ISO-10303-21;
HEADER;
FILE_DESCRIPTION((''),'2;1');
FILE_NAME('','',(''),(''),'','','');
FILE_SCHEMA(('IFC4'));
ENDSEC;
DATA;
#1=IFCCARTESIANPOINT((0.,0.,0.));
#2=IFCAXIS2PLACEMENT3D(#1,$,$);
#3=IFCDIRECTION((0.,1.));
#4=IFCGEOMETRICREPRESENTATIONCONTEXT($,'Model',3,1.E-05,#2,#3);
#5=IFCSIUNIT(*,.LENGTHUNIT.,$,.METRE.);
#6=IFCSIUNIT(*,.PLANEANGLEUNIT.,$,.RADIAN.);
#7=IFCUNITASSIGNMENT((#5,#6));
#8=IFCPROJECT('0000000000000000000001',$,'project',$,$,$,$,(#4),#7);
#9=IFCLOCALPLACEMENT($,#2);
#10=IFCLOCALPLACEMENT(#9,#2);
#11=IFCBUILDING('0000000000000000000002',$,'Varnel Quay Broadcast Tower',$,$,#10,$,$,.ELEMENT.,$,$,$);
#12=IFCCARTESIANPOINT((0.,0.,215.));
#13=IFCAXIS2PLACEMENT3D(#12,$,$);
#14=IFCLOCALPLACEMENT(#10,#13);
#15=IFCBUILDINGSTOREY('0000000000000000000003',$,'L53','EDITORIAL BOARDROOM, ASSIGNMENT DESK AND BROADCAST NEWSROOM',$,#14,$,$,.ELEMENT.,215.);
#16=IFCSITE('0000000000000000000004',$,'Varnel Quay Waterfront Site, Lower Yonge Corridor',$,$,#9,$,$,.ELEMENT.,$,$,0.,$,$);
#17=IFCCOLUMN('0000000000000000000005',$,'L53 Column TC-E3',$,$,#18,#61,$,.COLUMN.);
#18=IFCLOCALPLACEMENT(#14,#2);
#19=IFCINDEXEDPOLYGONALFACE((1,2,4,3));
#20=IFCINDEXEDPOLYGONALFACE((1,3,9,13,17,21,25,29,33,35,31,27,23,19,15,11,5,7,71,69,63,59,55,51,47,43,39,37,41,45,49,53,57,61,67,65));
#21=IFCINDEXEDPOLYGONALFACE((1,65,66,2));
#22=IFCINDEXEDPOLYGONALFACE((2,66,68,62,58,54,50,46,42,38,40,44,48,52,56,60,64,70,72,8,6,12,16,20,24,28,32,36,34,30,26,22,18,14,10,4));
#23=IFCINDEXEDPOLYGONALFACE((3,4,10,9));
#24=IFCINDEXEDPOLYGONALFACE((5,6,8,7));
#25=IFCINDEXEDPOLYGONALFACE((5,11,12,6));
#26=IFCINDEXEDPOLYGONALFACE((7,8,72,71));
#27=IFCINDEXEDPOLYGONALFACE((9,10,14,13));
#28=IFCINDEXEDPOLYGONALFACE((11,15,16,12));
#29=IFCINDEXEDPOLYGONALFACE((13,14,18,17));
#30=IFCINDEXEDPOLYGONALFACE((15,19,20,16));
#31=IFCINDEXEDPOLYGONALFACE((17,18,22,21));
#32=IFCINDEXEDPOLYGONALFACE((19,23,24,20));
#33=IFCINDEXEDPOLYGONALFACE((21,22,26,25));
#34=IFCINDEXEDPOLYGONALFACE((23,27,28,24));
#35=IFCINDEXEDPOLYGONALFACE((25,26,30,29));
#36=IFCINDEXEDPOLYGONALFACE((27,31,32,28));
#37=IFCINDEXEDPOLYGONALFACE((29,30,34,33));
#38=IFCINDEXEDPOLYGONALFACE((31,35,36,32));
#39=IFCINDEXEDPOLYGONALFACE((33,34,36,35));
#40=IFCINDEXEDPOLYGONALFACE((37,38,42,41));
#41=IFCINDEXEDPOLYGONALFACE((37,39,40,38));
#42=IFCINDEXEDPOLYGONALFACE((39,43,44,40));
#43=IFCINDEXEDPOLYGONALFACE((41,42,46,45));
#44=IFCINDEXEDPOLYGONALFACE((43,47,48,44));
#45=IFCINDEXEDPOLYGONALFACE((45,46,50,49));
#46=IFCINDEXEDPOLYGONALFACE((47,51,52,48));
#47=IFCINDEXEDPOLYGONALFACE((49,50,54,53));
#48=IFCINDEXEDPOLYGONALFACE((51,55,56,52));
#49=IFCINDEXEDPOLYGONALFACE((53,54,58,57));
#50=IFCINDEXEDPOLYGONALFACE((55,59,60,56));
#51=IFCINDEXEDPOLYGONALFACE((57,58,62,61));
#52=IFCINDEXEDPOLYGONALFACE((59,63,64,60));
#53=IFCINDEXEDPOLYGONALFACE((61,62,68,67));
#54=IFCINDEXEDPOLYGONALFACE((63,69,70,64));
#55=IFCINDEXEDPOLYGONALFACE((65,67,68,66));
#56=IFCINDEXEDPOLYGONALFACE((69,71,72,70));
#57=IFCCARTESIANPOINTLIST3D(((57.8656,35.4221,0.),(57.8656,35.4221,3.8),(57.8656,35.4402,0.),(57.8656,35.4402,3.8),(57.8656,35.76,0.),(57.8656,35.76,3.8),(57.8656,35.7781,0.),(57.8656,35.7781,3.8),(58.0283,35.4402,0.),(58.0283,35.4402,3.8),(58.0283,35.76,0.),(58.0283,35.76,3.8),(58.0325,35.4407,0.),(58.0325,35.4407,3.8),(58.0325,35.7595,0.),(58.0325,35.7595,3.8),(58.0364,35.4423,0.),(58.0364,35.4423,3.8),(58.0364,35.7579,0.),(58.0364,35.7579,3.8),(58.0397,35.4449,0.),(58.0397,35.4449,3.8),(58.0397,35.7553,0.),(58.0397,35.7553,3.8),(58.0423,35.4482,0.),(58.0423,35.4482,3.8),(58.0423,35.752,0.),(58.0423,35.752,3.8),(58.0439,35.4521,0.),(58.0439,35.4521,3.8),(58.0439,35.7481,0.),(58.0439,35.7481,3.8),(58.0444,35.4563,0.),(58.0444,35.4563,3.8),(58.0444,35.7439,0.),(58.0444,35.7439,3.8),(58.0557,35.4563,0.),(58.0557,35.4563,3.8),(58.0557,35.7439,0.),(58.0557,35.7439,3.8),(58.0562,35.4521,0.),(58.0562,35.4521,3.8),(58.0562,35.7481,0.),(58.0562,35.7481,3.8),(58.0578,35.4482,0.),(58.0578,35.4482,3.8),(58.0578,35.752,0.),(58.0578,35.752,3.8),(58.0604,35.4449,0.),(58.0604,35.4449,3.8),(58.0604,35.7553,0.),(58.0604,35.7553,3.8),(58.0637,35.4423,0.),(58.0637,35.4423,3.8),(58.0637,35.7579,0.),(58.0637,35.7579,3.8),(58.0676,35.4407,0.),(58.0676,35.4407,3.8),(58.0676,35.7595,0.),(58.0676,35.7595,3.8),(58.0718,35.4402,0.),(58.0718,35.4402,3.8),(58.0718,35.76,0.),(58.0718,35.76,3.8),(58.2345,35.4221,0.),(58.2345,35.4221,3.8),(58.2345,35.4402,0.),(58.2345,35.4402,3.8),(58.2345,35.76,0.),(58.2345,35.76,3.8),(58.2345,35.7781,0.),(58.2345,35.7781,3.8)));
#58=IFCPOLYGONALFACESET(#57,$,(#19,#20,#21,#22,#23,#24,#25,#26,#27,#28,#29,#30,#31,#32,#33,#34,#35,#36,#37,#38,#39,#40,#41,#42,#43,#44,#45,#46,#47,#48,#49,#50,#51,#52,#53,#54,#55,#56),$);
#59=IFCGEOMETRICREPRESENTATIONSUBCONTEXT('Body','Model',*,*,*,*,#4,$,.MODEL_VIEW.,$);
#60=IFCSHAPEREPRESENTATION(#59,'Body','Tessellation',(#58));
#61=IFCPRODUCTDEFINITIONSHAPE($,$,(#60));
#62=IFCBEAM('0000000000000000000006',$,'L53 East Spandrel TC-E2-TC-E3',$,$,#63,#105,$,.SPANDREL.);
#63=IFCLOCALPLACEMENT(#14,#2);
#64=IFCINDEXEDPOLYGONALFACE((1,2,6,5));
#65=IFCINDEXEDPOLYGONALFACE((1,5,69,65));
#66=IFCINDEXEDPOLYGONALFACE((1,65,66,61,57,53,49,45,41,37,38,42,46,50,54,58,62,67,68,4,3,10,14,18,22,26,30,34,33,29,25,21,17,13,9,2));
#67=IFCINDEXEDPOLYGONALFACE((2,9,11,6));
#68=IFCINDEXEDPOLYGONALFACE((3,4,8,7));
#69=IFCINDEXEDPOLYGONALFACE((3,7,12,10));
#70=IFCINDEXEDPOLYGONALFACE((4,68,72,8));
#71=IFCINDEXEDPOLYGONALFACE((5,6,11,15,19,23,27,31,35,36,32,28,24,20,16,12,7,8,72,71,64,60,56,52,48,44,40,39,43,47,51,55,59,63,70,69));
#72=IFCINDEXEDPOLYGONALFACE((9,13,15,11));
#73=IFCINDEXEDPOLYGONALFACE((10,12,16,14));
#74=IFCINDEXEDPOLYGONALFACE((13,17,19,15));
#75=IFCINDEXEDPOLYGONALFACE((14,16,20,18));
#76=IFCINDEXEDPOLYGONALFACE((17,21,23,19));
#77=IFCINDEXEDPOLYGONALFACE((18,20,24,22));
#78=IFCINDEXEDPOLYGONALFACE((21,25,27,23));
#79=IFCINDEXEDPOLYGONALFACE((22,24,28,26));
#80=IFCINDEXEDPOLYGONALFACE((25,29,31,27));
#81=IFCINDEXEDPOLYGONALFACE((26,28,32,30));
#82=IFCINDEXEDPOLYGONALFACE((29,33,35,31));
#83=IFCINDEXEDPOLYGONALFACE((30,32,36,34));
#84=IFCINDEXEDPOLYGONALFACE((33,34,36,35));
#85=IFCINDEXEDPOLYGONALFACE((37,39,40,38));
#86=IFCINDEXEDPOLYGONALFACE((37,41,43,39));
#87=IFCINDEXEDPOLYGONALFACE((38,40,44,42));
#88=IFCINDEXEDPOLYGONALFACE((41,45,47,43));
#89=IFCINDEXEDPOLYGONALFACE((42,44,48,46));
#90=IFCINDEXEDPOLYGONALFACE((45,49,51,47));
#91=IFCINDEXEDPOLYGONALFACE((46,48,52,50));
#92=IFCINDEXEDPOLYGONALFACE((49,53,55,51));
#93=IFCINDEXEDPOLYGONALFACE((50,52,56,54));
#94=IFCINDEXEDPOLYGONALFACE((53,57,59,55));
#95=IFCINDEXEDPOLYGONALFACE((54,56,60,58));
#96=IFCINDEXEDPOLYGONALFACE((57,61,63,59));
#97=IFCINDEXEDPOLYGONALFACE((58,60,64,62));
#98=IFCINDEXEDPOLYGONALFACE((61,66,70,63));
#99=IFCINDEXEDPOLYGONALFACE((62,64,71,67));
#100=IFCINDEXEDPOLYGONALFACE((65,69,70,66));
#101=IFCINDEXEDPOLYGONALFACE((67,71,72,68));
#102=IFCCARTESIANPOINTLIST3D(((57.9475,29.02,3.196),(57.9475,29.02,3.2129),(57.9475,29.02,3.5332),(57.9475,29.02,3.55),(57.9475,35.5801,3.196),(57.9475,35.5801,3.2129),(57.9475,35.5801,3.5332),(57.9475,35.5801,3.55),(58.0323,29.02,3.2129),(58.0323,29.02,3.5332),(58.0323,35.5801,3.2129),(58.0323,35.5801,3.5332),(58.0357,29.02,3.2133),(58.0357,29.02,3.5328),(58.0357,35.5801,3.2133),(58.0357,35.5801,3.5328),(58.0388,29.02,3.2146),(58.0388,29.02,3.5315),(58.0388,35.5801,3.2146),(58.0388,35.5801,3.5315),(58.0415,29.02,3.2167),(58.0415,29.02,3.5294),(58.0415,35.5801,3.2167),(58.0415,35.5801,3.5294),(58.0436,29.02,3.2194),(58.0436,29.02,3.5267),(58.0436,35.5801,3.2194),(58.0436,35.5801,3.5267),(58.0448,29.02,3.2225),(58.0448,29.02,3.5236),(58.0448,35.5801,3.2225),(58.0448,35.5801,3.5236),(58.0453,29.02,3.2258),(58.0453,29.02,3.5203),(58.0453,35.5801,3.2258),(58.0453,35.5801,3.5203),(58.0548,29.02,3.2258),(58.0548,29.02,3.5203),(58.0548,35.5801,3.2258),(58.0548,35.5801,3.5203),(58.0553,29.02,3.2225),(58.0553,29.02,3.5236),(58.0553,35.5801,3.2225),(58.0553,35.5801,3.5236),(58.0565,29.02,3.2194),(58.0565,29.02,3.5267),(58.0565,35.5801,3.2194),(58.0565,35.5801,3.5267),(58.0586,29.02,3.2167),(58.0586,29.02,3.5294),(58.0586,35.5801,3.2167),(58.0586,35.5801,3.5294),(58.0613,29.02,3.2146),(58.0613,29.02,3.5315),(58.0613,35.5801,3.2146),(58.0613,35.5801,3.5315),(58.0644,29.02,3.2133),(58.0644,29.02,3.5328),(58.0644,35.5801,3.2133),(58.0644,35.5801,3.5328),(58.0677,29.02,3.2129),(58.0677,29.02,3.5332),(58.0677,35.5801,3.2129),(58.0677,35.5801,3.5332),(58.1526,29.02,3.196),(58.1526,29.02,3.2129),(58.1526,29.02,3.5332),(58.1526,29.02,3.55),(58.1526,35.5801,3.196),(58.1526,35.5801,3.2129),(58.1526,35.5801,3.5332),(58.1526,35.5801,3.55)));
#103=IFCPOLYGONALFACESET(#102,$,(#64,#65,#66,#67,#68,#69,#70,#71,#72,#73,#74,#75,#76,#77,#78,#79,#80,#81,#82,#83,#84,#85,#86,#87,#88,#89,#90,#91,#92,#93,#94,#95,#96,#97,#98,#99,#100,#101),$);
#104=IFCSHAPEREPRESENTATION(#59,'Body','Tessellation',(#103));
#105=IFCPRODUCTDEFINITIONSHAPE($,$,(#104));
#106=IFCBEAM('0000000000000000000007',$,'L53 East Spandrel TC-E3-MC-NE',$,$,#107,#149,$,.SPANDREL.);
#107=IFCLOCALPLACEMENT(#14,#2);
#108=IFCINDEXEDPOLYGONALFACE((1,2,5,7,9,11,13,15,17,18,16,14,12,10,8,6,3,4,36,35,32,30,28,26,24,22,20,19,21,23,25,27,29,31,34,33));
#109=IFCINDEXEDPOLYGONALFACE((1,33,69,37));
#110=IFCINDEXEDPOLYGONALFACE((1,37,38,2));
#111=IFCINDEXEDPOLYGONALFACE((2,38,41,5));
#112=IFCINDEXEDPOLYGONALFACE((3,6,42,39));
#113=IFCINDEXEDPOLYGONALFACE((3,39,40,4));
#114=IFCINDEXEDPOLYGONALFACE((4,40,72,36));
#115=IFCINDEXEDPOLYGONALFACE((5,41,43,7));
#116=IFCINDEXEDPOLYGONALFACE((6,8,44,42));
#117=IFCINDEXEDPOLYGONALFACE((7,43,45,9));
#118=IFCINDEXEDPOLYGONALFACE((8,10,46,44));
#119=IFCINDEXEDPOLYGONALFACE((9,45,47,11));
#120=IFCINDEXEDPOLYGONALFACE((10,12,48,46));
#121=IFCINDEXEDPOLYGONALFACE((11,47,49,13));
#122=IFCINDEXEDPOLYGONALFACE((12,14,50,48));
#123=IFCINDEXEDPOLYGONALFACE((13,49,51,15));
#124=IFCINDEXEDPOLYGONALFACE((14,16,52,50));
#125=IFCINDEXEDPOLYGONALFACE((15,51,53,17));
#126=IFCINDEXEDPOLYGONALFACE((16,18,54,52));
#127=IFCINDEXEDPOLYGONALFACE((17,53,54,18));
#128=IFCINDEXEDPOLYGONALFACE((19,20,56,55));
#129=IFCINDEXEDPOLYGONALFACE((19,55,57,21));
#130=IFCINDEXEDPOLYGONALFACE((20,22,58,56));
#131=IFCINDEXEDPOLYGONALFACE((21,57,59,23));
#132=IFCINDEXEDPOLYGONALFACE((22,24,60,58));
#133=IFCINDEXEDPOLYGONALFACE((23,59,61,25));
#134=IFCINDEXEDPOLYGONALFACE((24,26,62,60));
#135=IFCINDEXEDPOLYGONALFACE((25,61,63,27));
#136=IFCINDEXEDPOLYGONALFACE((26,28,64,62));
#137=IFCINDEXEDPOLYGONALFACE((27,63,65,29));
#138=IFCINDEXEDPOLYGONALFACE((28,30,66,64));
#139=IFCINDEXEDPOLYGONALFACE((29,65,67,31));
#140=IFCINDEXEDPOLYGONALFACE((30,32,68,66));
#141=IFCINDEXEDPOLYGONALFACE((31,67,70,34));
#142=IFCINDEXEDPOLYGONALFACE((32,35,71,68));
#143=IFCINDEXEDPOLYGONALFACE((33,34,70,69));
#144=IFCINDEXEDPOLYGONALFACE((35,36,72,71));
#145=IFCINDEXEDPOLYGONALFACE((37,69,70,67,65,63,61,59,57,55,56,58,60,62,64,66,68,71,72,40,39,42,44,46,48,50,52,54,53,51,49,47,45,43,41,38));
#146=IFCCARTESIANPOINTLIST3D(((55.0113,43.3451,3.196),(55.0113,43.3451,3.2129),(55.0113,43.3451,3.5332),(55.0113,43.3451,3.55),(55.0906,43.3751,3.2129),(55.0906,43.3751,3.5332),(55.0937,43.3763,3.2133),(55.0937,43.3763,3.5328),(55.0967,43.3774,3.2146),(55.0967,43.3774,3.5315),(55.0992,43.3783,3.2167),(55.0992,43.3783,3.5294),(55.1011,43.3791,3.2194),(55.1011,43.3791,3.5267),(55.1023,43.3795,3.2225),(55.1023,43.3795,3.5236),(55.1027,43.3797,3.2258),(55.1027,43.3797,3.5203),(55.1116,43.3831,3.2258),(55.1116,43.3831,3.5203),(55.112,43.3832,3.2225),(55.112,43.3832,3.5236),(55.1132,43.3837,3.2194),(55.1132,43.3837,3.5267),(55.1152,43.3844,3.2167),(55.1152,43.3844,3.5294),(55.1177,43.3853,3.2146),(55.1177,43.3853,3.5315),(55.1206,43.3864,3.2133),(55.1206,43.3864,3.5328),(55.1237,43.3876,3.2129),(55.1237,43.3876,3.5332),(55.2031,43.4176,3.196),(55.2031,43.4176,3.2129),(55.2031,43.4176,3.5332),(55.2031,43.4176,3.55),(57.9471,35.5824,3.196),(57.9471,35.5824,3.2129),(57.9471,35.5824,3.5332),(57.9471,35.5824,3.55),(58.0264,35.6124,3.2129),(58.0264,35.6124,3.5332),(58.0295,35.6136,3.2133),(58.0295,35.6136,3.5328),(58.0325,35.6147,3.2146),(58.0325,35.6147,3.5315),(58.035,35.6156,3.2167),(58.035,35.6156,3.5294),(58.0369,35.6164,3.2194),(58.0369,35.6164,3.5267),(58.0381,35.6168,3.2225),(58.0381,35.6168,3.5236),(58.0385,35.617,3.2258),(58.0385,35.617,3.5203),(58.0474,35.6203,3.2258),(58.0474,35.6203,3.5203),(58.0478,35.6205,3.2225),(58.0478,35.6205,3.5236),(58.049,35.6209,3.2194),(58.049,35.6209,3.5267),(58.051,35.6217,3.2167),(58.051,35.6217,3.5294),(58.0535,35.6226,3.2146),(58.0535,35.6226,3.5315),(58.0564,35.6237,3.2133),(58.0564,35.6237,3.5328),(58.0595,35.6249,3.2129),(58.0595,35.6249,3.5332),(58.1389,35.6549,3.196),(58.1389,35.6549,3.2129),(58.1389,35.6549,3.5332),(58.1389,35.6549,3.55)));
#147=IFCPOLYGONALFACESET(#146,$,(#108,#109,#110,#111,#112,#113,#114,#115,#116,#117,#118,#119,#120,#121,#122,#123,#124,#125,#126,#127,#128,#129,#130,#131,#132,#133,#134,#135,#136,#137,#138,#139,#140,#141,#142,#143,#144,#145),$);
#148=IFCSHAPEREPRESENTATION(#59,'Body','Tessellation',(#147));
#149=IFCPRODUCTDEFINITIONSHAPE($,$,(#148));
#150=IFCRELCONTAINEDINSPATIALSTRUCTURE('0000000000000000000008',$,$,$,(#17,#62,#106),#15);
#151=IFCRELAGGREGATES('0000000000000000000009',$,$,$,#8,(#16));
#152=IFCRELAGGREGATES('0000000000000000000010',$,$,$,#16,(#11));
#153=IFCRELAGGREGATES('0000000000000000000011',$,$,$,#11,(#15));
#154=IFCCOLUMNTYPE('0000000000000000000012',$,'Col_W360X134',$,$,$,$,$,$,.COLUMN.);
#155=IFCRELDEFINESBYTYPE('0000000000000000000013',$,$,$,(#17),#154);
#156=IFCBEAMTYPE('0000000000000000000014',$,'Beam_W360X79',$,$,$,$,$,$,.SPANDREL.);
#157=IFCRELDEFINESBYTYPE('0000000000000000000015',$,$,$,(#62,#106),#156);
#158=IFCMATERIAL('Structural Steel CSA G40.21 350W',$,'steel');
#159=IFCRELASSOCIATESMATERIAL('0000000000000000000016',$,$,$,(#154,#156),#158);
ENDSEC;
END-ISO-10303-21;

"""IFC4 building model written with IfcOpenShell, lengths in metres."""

from ifc_helpers import new_model, si_unit, direction, frame, origin, origin_2d, place, context, subcontext, project, spatial, i_section, extrude, source, transform, mapped, material, material_profile, profile_set, type_object, type_shapes, element, save


model = new_model("IFC4")

# Units and contexts
model_context = context("Model", 3, precision=1e-05, world=origin(), true_north=direction((0.0, 1.0)))
body_context = subcontext(model_context, "Body", "Model", "MODEL_VIEW")
ifc_project = project(units=[si_unit("LENGTHUNIT", "METRE"), si_unit("PLANEANGLEUNIT", "RADIAN")], contexts=[model_context])

# Site, building, storey
site_placement = place(None, origin())
site = spatial("IfcSite", under=ifc_project, at=site_placement, Name="Varnel Quay Waterfront Site, Lower Yonge Corridor", CompositionType="ELEMENT", RefElevation=0.0)
building_placement = place(site_placement, origin())
building = spatial("IfcBuilding", under=site, at=building_placement, Name="Varnel Quay Broadcast Tower", CompositionType="ELEMENT")
storey_placement = place(building_placement, frame((0.0, 0.0, 215.0)))
storey = spatial("IfcBuildingStorey", under=building, at=storey_placement, Name="L53", Description="EDITORIAL BOARDROOM, ASSIGNMENT DESK AND BROADCAST NEWSROOM", CompositionType="ELEMENT", Elevation=215.0)

# Column
ifc_material_1 = material(Name="Structural Steel CSA G40.21 350W", Category="steel")
ifc_material_profile_1 = material_profile(ifc_material_1, i_section(OverallWidth=0.3689, OverallDepth=0.356, WebThickness=0.0112, FlangeThickness=0.0181, FilletRadius=0.0161, at=origin_2d()), Name="W360X134")
ifc_profile_set_1 = profile_set([ifc_material_profile_1], Name="Structural Steel CSA G40.21 350W")
column_type_1 = type_object("IfcColumnType", Name="Col_W360X134", PredefinedType="COLUMN", material=ifc_profile_set_1)
shared_shape_1 = source(origin(), body_context, "Body", "SweptSolid", [
    extrude(i_section(OverallWidth=0.3689, OverallDepth=0.356, WebThickness=0.0112, FlangeThickness=0.0181, FilletRadius=0.0161, at=origin_2d()), origin(), (0.0, 0.0, 1.0), 3.8),
])
type_shapes(column_type_1, [shared_shape_1])
for number, where, z_axis, x_axis, name in (
    (1, (58.05, 35.6001, 0.0), (0.0, 0.0, 1.0), (1.0, 0.0, 0.0), "L53 Column TC-E3"),
):
    element("IfcColumn", number, at=place(storey_placement, frame(where, z_axis=z_axis, x_axis=x_axis)), inside=storey, type_object=column_type_1, Name=name, PredefinedType="COLUMN", context=body_context, shape_type="MappedRepresentation", body=[
        mapped(shared_shape_1, transform((0.0, 0.0, 0.0), x_axis=(1.0, 0.0, 0.0), y_axis=(0.0, 1.0, 0.0), z_axis=(0.0, 0.0, 1.0), scale=1.0)),
    ])

# Beams
ifc_material_profile_2 = material_profile(ifc_material_1, i_section(OverallWidth=0.2051, OverallDepth=0.354, WebThickness=0.0095, FlangeThickness=0.0168, FilletRadius=0.0129, at=origin_2d()), Name="W360X79")
ifc_profile_set_2 = profile_set([ifc_material_profile_2], Name="Structural Steel CSA G40.21 350W")
beam_type_1 = type_object("IfcBeamType", Name="Beam_W360X79", PredefinedType="SPANDREL", material=ifc_profile_set_2)
shared_shape_2 = source(origin(), body_context, "Body", "SweptSolid", [
    extrude(i_section(OverallWidth=0.2051, OverallDepth=0.354, WebThickness=0.0095, FlangeThickness=0.0168, FilletRadius=0.0129, at=origin_2d()), origin(), (0.0, 0.0, 1.0), 6.5601),
])
beam_1_placement = place(storey_placement, frame((58.05, 29.02, 3.373), z_axis=(0.0, 1.0, 0.0), x_axis=(-1.0, 0.0, 0.0)))
element("IfcBeam", 2, at=beam_1_placement, inside=storey, type_object=beam_type_1, Name="L53 East Spandrel TC-E2-TC-E3", PredefinedType="SPANDREL", context=body_context, shape_type="MappedRepresentation", body=[
    mapped(shared_shape_2, transform((0.0, 0.0, 0.0), x_axis=(1.0, 0.0, 0.0), y_axis=(0.0, 1.0, 0.0), z_axis=(0.0, 0.0, 1.0), scale=1.0)),
])
shared_shape_3 = source(origin(), body_context, "Body", "SweptSolid", [
    extrude(i_section(OverallWidth=0.2051, OverallDepth=0.354, WebThickness=0.0095, FlangeThickness=0.0168, FilletRadius=0.0129, at=origin_2d()), origin(), (0.0, 0.0, 1.0), 8.2993),
])
beam_2_placement = place(storey_placement, frame((58.043, 35.6187, 3.373), z_axis=(-0.35374, 0.935344, 0.0), x_axis=(-0.935344, -0.35374, 0.0)))
element("IfcBeam", 3, at=beam_2_placement, inside=storey, type_object=beam_type_1, Name="L53 East Spandrel TC-E3-MC-NE", PredefinedType="SPANDREL", context=body_context, shape_type="MappedRepresentation", body=[
    mapped(shared_shape_3, transform((0.0, 0.0, 0.0), x_axis=(1.0, 0.0, 0.0), y_axis=(0.0, 1.0, 0.0), z_axis=(0.0, 0.0, 1.0), scale=1.0)),
])

save(model, "model.ifc")
